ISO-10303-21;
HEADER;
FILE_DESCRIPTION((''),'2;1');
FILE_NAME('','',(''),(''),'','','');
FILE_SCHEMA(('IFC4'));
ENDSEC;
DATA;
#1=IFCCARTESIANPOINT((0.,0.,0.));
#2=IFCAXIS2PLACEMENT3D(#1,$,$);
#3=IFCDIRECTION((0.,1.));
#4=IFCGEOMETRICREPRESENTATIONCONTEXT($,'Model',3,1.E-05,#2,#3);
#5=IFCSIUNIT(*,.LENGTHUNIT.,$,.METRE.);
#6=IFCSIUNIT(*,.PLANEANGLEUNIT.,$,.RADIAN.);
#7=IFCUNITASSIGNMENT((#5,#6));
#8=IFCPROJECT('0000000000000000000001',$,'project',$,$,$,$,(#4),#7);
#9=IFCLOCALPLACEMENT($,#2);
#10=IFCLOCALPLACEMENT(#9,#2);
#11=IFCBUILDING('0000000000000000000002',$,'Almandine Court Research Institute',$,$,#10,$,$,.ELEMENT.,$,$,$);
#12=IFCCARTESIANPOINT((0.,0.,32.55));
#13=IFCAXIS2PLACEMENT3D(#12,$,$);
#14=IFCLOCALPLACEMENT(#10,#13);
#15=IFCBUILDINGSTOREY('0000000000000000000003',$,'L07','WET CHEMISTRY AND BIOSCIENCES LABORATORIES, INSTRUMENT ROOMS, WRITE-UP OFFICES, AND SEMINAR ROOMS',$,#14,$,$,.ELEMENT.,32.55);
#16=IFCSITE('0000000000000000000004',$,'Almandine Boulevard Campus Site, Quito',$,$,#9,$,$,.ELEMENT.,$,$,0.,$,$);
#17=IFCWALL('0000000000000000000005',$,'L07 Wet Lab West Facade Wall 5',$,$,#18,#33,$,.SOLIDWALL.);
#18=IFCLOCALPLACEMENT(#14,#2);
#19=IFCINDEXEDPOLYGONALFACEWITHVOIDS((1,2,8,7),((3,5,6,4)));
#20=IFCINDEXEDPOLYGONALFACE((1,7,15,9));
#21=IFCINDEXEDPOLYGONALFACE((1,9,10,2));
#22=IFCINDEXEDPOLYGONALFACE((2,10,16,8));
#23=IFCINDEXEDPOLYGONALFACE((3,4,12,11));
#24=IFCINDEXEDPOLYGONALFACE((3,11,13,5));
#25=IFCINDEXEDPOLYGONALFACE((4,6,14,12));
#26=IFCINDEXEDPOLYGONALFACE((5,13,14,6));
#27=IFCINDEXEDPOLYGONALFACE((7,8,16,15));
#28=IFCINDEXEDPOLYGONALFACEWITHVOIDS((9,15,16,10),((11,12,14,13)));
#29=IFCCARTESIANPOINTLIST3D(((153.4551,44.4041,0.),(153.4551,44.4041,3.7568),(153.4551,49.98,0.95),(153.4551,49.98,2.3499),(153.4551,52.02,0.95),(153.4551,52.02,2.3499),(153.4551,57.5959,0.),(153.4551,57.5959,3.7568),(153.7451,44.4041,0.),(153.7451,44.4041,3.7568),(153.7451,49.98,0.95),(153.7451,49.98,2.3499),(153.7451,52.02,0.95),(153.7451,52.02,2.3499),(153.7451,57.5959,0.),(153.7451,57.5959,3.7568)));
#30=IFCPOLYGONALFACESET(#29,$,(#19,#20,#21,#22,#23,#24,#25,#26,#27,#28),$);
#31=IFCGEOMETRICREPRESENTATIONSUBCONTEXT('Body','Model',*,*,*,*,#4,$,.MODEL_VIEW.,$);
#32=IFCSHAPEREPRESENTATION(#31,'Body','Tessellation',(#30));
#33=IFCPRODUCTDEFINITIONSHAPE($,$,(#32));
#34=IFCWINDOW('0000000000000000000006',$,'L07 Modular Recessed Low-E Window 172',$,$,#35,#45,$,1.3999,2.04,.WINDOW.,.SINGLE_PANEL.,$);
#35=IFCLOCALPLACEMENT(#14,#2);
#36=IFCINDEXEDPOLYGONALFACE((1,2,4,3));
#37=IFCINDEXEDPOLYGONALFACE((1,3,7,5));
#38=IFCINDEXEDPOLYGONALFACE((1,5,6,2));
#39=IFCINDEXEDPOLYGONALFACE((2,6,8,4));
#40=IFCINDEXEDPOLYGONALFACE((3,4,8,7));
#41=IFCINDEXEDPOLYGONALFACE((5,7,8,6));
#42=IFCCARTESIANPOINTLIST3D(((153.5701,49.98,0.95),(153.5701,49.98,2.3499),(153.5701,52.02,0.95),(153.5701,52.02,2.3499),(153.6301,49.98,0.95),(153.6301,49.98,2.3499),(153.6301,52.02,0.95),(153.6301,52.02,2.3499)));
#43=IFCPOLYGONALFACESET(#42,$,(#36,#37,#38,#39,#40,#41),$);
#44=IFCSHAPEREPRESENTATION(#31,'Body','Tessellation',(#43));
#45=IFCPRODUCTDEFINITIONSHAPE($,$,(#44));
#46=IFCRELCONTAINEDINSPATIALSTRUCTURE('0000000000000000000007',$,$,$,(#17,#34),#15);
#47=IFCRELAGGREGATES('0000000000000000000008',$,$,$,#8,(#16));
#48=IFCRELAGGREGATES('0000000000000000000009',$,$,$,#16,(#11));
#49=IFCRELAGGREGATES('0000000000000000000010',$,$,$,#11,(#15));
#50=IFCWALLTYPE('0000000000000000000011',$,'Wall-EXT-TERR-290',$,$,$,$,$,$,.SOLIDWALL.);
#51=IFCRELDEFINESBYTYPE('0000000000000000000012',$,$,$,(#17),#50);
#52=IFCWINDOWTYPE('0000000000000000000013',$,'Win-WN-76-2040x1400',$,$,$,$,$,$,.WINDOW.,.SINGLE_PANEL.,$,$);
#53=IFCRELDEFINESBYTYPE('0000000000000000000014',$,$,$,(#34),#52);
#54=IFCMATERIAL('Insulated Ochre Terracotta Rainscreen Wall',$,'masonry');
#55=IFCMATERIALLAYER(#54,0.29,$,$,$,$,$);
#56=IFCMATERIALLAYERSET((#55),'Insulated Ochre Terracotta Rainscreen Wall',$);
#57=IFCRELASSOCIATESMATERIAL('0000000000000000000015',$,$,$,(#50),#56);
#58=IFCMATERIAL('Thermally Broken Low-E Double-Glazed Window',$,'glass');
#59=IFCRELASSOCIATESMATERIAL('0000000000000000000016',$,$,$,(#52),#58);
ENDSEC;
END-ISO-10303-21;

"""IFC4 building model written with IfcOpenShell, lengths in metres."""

from ifc_helpers import new_model, si_unit, direction, frame, frame_2d, origin, place, context, subcontext, project, spatial, rectangle, extrude, material, layer, layer_set, type_object, element, fill, save


model = new_model("IFC4")

# Units and contexts
model_context = context("Model", 3, precision=1e-05, world=origin(), true_north=direction((0.0, 1.0)))
body_context = subcontext(model_context, "Body", "Model", "MODEL_VIEW")
ifc_project = project(units=[si_unit("LENGTHUNIT", "METRE"), si_unit("PLANEANGLEUNIT", "RADIAN")], contexts=[model_context])

# Site, building, storey
site_placement = place(None, origin())
site = spatial("IfcSite", under=ifc_project, at=site_placement, Name="Almandine Boulevard Campus Site, Quito", CompositionType="ELEMENT", RefElevation=0.0)
building_placement = place(site_placement, origin())
building = spatial("IfcBuilding", under=site, at=building_placement, Name="Almandine Court Research Institute", CompositionType="ELEMENT")
storey_placement = place(building_placement, frame((0.0, 0.0, 32.55)))
storey = spatial("IfcBuildingStorey", under=building, at=storey_placement, Name="L07", Description="WET CHEMISTRY AND BIOSCIENCES LABORATORIES, INSTRUMENT ROOMS, WRITE-UP OFFICES, AND SEMINAR ROOMS", CompositionType="ELEMENT", Elevation=32.55)

# Shared definitions
ifc_material_1 = material(Name="Insulated Ochre Terracotta Rainscreen Wall", Category="masonry")
ifc_layer_1 = layer(ifc_material_1, 0.29)
ifc_layer_set_1 = layer_set([ifc_layer_1], Name="Insulated Ochre Terracotta Rainscreen Wall")
wall_type = type_object("IfcWallType", Name="Wall-EXT-TERR-290", PredefinedType="SOLIDWALL", material=ifc_layer_set_1)
ifc_material_2 = material(Name="Thermally Broken Low-E Double-Glazed Window", Category="glass")

# Wall, opening, window
wall_1_placement = place(storey_placement, frame((153.6001, 44.4041, 0.0), z_axis=(0.0, 0.0, 1.0), x_axis=(0.0, 1.0, 0.0)))
wall_1 = element("IfcWall", 1, at=wall_1_placement, inside=storey, type_object=wall_type, Name="L07 Wet Lab West Facade Wall 5", PredefinedType="SOLIDWALL", context=body_context, shape_type="SweptSolid", body=[
    extrude(rectangle(XDim=13.1919, YDim=0.29, at=frame_2d((6.5959, 0.0))), origin(), (0.0, 0.0, 1.0), 3.7568),
])
opening_1_placement = place(wall_1_placement, frame((5.5759, 0.0, 0.95)))
opening_1 = element("IfcOpeningElement", 2, at=opening_1_placement, cuts=wall_1, PredefinedType="OPENING", context=body_context, shape_type="SweptSolid", body=[
    extrude(rectangle(XDim=2.04, YDim=1.3999, at=frame_2d((1.02, 0.7))), frame((0.0, 0.155, 0.0), z_axis=(0.0, -1.0, 0.0), x_axis=(1.0, 0.0, 0.0)), (0.0, 0.0, 1.0), 0.3101),
])
window_type_1 = type_object("IfcWindowType", Name="Win-WN-76-2040x1400", PartitioningType="SINGLE_PANEL", PredefinedType="WINDOW", material=ifc_material_2)
window_1_placement = place(opening_1_placement, origin())
window_1 = element("IfcWindow", 3, at=window_1_placement, inside=storey, type_object=window_type_1, Name="L07 Modular Recessed Low-E Window 172", OverallHeight=1.3999, OverallWidth=2.04, PartitioningType="SINGLE_PANEL", PredefinedType="WINDOW", context=body_context, shape_type="SweptSolid", body=[
    extrude(rectangle(XDim=2.04, YDim=1.3999, at=frame_2d((1.02, 0.7))), frame((0.0, 0.03, 0.0), z_axis=(0.0, -1.0, 0.0), x_axis=(1.0, 0.0, 0.0)), (0.0, 0.0, 1.0), 0.0601),
])
fill(opening_1, window_1)

save(model, "model.ifc")
